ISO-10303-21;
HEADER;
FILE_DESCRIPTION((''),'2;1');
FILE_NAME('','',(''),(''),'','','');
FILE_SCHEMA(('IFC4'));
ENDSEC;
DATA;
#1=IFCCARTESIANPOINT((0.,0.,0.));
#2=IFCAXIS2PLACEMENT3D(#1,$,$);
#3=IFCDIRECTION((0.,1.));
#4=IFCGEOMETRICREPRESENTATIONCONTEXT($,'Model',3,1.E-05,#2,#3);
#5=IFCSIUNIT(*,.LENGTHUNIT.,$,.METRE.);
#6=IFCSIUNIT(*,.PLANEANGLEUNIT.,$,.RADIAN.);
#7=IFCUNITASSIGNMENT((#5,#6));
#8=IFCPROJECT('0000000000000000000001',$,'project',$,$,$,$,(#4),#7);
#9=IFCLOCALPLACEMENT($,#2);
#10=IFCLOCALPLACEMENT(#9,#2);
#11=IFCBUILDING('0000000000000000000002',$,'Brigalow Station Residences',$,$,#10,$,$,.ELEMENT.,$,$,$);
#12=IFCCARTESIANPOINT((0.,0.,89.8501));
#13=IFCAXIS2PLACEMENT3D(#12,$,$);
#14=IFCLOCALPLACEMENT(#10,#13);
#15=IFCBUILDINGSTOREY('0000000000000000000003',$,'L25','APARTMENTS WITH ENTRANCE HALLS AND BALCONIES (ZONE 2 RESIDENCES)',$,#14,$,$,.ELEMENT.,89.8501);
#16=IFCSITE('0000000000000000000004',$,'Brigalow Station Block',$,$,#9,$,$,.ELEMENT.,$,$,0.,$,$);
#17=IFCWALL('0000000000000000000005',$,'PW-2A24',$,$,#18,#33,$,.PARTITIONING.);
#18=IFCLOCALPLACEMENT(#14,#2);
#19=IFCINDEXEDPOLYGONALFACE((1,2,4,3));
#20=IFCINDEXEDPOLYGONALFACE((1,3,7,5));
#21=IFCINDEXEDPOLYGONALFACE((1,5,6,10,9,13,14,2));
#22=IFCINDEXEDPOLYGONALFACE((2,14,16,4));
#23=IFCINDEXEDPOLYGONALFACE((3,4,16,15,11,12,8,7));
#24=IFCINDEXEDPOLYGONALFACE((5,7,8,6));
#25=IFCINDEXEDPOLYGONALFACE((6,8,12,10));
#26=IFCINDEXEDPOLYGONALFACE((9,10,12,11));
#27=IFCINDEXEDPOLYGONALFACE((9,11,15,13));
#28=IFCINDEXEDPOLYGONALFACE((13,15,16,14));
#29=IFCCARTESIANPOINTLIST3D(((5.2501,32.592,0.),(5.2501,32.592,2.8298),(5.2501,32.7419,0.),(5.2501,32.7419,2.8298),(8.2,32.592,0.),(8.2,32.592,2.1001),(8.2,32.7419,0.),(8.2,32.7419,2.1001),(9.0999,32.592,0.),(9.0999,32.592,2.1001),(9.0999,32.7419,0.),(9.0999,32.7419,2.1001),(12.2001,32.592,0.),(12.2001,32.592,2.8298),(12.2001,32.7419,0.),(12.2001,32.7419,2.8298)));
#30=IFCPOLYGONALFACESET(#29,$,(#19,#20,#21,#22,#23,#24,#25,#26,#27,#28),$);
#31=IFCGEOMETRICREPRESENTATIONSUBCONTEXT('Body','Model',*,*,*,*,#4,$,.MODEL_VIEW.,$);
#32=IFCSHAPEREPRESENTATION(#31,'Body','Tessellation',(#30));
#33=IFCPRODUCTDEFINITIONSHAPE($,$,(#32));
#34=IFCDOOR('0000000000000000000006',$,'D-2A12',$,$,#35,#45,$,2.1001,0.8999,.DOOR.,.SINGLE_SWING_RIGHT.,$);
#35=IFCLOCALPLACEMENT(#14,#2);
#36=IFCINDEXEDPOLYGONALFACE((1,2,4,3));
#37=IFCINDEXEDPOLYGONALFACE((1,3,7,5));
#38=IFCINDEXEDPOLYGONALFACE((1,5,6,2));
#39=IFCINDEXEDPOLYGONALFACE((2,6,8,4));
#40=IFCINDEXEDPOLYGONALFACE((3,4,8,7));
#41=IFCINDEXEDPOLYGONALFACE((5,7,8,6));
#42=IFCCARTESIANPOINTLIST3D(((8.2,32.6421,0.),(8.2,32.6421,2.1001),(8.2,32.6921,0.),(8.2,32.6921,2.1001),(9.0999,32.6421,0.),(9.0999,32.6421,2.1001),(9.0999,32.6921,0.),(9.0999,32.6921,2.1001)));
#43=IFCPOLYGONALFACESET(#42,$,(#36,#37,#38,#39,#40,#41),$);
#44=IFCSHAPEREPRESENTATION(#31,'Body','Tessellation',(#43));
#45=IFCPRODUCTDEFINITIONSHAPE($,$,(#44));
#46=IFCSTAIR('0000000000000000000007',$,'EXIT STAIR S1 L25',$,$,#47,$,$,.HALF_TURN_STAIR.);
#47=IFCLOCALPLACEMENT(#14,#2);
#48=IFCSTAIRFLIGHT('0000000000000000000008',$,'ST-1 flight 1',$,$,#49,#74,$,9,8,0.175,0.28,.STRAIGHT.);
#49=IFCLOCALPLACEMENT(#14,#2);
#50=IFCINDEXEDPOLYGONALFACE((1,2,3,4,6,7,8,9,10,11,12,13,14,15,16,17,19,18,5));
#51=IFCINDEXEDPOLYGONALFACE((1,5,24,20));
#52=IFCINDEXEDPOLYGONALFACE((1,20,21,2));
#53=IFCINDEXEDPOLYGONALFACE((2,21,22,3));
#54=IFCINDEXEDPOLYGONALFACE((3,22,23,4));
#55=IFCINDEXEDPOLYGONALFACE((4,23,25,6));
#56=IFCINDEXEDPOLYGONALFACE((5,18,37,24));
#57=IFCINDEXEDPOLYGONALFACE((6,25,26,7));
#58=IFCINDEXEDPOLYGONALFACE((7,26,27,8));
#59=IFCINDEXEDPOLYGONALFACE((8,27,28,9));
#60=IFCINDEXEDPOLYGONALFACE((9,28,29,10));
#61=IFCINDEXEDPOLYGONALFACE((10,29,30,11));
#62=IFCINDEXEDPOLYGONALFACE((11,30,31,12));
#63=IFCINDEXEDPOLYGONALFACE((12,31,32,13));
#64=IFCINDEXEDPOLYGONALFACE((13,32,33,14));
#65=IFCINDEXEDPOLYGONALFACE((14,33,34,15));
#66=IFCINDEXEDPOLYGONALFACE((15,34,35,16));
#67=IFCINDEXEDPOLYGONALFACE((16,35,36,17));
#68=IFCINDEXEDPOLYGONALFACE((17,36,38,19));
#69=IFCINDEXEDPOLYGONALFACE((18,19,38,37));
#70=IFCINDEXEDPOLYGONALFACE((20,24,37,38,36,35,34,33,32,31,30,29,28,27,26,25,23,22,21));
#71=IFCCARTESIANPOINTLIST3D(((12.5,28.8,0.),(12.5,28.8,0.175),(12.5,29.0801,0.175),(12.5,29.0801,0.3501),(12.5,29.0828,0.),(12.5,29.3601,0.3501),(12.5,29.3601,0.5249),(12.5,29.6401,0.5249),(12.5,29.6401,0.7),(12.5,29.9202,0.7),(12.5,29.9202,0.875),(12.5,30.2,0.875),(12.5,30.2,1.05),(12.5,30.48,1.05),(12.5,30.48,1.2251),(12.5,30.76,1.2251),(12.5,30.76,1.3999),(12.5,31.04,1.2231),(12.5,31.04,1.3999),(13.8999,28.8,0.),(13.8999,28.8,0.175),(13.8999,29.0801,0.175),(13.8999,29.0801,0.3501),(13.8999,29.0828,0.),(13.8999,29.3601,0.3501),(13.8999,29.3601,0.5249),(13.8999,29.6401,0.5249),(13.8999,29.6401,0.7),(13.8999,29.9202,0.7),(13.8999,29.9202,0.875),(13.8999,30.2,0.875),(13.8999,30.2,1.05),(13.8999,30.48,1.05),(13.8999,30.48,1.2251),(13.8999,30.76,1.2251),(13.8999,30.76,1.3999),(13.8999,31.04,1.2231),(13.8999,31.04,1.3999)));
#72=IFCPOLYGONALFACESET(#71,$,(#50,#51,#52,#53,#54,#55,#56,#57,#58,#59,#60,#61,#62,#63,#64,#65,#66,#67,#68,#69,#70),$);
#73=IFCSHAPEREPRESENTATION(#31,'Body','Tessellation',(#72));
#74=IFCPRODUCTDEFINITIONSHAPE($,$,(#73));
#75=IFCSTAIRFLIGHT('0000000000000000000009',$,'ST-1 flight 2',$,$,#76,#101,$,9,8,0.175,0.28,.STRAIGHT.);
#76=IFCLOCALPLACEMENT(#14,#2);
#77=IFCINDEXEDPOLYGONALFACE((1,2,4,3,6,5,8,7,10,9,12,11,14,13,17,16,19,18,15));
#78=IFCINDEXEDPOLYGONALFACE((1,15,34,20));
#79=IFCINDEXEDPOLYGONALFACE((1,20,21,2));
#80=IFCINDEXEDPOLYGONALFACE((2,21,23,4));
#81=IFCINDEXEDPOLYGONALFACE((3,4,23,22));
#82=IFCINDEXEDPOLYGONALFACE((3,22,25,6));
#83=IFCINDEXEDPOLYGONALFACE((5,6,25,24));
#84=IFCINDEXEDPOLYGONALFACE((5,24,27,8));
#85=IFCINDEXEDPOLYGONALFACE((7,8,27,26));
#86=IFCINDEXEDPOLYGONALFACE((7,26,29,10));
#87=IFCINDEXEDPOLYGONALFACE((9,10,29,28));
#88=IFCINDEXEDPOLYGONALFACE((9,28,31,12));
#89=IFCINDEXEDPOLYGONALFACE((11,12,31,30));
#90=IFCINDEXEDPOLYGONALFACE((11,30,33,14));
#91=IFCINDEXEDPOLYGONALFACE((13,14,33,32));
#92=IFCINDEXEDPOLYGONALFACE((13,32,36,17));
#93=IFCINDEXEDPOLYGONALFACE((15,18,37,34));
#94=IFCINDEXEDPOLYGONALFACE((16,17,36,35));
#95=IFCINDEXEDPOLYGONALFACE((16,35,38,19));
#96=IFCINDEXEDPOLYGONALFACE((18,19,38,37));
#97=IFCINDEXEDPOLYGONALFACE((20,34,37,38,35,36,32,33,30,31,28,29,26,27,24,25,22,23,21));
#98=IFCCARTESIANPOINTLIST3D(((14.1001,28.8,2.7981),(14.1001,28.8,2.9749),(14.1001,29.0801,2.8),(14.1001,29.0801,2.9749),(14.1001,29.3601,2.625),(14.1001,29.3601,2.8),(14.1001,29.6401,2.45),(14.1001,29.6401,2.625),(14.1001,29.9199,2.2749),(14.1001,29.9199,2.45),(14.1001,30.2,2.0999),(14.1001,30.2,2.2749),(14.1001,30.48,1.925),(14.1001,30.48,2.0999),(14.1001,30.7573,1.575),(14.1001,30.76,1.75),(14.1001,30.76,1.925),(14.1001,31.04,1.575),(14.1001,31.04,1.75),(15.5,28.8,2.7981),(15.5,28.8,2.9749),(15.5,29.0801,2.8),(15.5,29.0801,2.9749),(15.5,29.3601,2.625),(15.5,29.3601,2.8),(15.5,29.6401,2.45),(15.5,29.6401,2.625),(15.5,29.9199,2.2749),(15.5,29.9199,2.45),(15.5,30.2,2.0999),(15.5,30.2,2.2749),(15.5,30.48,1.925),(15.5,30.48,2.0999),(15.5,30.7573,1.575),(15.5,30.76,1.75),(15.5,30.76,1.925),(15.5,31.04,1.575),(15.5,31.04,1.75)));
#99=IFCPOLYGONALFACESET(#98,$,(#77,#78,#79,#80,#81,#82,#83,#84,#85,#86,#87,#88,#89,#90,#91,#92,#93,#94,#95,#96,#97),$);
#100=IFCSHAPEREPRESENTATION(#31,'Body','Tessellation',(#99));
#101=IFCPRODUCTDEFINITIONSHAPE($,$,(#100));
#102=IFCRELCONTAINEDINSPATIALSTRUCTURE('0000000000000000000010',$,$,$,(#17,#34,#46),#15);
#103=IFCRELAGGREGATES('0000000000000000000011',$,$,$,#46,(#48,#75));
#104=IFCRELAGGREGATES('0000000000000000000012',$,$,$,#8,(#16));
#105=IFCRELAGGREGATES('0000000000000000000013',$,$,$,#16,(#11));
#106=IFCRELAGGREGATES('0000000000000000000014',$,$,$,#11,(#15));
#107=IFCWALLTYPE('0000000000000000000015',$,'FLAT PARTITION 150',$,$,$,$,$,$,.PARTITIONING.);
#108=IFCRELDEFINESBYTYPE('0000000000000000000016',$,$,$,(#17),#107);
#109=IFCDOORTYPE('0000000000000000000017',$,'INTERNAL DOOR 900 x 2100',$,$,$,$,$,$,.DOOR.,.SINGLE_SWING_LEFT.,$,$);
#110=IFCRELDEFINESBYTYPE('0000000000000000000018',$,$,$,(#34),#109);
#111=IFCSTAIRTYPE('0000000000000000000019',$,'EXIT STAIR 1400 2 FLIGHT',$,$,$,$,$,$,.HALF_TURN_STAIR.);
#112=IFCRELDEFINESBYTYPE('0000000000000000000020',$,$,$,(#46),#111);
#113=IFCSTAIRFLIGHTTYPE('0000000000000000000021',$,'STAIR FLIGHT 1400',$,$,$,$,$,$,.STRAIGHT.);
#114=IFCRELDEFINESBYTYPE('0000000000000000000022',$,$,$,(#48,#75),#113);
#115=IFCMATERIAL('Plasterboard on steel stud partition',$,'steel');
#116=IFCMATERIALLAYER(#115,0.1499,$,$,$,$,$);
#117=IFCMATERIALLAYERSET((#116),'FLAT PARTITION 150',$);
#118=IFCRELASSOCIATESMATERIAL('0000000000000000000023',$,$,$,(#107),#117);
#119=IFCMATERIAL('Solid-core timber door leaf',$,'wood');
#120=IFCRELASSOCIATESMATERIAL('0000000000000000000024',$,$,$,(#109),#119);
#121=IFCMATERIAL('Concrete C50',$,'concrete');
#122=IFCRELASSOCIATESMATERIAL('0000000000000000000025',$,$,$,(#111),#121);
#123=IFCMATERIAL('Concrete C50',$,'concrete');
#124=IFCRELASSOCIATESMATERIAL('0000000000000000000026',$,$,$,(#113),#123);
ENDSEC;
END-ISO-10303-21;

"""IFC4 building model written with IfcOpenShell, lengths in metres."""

from ifc_helpers import new_model, si_unit, direction, frame, frame_2d, origin, place, context, subcontext, project, spatial, polyline, rectangle, outline, extrude, material, layer, layer_set, type_object, element, fill, aggregate, save


model = new_model("IFC4")

# Units and contexts
model_context = context("Model", 3, precision=1e-05, world=origin(), true_north=direction((0.0, 1.0)))
body_context = subcontext(model_context, "Body", "Model", "MODEL_VIEW")
ifc_project = project(units=[si_unit("LENGTHUNIT", "METRE"), si_unit("PLANEANGLEUNIT", "RADIAN")], contexts=[model_context])

# Site, building, storey
site_placement = place(None, origin())
site = spatial("IfcSite", under=ifc_project, at=site_placement, Name="Brigalow Station Block", CompositionType="ELEMENT", RefElevation=0.0)
building_placement = place(site_placement, origin())
building = spatial("IfcBuilding", under=site, at=building_placement, Name="Brigalow Station Residences", CompositionType="ELEMENT")
storey_placement = place(building_placement, frame((0.0, 0.0, 89.8501)))
storey = spatial("IfcBuildingStorey", under=building, at=storey_placement, Name="L25", Description="APARTMENTS WITH ENTRANCE HALLS AND BALCONIES (ZONE 2 RESIDENCES)", CompositionType="ELEMENT", Elevation=89.8501)

# Wall, opening, door
ifc_material_1 = material(Name="Plasterboard on steel stud partition", Category="steel")
ifc_layer_1 = layer(ifc_material_1, 0.1499)
ifc_layer_set_1 = layer_set([ifc_layer_1], Name="FLAT PARTITION 150")
wall_type_1 = type_object("IfcWallType", Name="FLAT PARTITION 150", PredefinedType="PARTITIONING", material=ifc_layer_set_1)
ifc_material_2 = material(Name="Solid-core timber door leaf", Category="wood")
door_type_1 = type_object("IfcDoorType", Name="INTERNAL DOOR 900 x 2100", OperationType="SINGLE_SWING_LEFT", PredefinedType="DOOR", material=ifc_material_2)
wall_1_placement = place(storey_placement, frame((5.25, 32.667, 0.0), z_axis=(0.0, 0.0, 1.0), x_axis=(1.0, 0.0, 0.0)))
wall_1 = element("IfcWall", 1, at=wall_1_placement, inside=storey, type_object=wall_type_1, Name="PW-2A24", PredefinedType="PARTITIONING", context=body_context, shape_type="SweptSolid", body=[
    extrude(rectangle(XDim=6.95, YDim=0.1499, at=frame_2d((3.4751, 0.0))), origin(), (0.0, 0.0, 1.0), 2.8298),
])
opening_1_placement = place(wall_1_placement, frame((2.95, 0.0, 0.0)))
opening_1 = element("IfcOpeningElement", 2, at=opening_1_placement, cuts=wall_1, PredefinedType="OPENING", context=body_context, shape_type="SweptSolid", body=[
    extrude(rectangle(XDim=0.8999, YDim=2.1001, at=frame_2d((0.45, 1.05))), frame((0.0, 0.085, 0.0), z_axis=(0.0, -1.0, 0.0), x_axis=(1.0, 0.0, 0.0)), (0.0, 0.0, 1.0), 0.1699),
])
door_1_placement = place(opening_1_placement, frame((0.8999, 0.0, 0.0), z_axis=(0.0, 0.0, 1.0), x_axis=(-1.0, 0.0, 0.0)))
door_1 = element("IfcDoor", 3, at=door_1_placement, inside=storey, type_object=door_type_1, Name="D-2A12", OperationType="SINGLE_SWING_RIGHT", OverallHeight=2.1001, OverallWidth=0.8999, PredefinedType="DOOR", context=body_context, shape_type="SweptSolid", body=[
    extrude(rectangle(XDim=0.8999, YDim=2.1001, at=frame_2d((0.45, 1.05))), frame((0.0, 0.0249, 0.0), z_axis=(0.0, -1.0, 0.0), x_axis=(1.0, 0.0, 0.0)), (0.0, 0.0, 1.0), 0.05),
])
fill(opening_1, door_1)

# Stair, stair flights
ifc_material_3 = material(Name="Concrete C50", Category="concrete")
stair_type = type_object("IfcStairType", Name="EXIT STAIR 1400 2 FLIGHT", PredefinedType="HALF_TURN_STAIR", material=ifc_material_3)
stair_placement = place(storey_placement, origin())
stair = element("IfcStair", 4, at=stair_placement, inside=storey, type_object=stair_type, Name="EXIT STAIR S1 L25", PredefinedType="HALF_TURN_STAIR")
ifc_material_4 = material(Name="Concrete C50", Category="concrete")
stair_flight_type = type_object("IfcStairFlightType", Name="STAIR FLIGHT 1400", PredefinedType="STRAIGHT", material=ifc_material_4)
stair_flight_1_placement = place(storey_placement, frame((13.2, 28.8, 0.0), z_axis=(0.0, 0.0, 1.0), x_axis=(0.0, 1.0, 0.0)))
stair_flight_1 = element("IfcStairFlight", 5, at=stair_flight_1_placement, type_object=stair_flight_type, Name="ST-1 flight 1", NumberOfRisers=9, NumberOfTreads=8, PredefinedType="STRAIGHT", RiserHeight=0.175, TreadLength=0.28, context=body_context, shape_type="SweptSolid", body=[
    extrude(outline(polyline([(0.0, 0.0), (0.0, 0.175), (0.28, 0.175), (0.28, 0.3501), (0.5601, 0.3501), (0.5601, 0.5249), (0.8401, 0.5249), (0.8401, 0.7), (1.1201, 0.7), (1.1201, 0.875), (1.3999, 0.875), (1.3999, 1.05), (1.6799, 1.05), (1.6799, 1.2251), (1.96, 1.2251), (1.96, 1.3999), (2.24, 1.3999), (2.24, 1.575), (2.24, 1.2231), (0.2827, 0.0), (0.0, 0.0)])), frame((0.0, 0.7, 0.0), z_axis=(0.0, -1.0, 0.0), x_axis=(1.0, 0.0, 0.0)), (0.0, 0.0, 1.0), 1.3999),
])
stair_flight_2_placement = place(storey_placement, frame((14.8, 31.04, 1.575), z_axis=(0.0, 0.0, 1.0), x_axis=(0.0, -1.0, 0.0)))
stair_flight_2 = element("IfcStairFlight", 6, at=stair_flight_2_placement, type_object=stair_flight_type, Name="ST-1 flight 2", NumberOfRisers=9, NumberOfTreads=8, PredefinedType="STRAIGHT", RiserHeight=0.175, TreadLength=0.28, context=body_context, shape_type="SweptSolid", body=[
    extrude(outline(polyline([(0.0, 0.0), (0.0, 0.175), (0.28, 0.175), (0.28, 0.3501), (0.5601, 0.3501), (0.5601, 0.5249), (0.8401, 0.5249), (0.8401, 0.7), (1.1201, 0.7), (1.1201, 0.875), (1.3999, 0.875), (1.3999, 1.05), (1.6799, 1.05), (1.6799, 1.2251), (1.96, 1.2251), (1.96, 1.3999), (2.24, 1.3999), (2.24, 1.575), (2.24, 1.2231), (0.2827, 0.0), (0.0, 0.0)])), frame((0.0, 0.7, 0.0), z_axis=(0.0, -1.0, 0.0), x_axis=(1.0, 0.0, 0.0)), (0.0, 0.0, 1.0), 1.3999),
])
aggregate(stair, [stair_flight_1, stair_flight_2])

save(model, "model.ifc")
